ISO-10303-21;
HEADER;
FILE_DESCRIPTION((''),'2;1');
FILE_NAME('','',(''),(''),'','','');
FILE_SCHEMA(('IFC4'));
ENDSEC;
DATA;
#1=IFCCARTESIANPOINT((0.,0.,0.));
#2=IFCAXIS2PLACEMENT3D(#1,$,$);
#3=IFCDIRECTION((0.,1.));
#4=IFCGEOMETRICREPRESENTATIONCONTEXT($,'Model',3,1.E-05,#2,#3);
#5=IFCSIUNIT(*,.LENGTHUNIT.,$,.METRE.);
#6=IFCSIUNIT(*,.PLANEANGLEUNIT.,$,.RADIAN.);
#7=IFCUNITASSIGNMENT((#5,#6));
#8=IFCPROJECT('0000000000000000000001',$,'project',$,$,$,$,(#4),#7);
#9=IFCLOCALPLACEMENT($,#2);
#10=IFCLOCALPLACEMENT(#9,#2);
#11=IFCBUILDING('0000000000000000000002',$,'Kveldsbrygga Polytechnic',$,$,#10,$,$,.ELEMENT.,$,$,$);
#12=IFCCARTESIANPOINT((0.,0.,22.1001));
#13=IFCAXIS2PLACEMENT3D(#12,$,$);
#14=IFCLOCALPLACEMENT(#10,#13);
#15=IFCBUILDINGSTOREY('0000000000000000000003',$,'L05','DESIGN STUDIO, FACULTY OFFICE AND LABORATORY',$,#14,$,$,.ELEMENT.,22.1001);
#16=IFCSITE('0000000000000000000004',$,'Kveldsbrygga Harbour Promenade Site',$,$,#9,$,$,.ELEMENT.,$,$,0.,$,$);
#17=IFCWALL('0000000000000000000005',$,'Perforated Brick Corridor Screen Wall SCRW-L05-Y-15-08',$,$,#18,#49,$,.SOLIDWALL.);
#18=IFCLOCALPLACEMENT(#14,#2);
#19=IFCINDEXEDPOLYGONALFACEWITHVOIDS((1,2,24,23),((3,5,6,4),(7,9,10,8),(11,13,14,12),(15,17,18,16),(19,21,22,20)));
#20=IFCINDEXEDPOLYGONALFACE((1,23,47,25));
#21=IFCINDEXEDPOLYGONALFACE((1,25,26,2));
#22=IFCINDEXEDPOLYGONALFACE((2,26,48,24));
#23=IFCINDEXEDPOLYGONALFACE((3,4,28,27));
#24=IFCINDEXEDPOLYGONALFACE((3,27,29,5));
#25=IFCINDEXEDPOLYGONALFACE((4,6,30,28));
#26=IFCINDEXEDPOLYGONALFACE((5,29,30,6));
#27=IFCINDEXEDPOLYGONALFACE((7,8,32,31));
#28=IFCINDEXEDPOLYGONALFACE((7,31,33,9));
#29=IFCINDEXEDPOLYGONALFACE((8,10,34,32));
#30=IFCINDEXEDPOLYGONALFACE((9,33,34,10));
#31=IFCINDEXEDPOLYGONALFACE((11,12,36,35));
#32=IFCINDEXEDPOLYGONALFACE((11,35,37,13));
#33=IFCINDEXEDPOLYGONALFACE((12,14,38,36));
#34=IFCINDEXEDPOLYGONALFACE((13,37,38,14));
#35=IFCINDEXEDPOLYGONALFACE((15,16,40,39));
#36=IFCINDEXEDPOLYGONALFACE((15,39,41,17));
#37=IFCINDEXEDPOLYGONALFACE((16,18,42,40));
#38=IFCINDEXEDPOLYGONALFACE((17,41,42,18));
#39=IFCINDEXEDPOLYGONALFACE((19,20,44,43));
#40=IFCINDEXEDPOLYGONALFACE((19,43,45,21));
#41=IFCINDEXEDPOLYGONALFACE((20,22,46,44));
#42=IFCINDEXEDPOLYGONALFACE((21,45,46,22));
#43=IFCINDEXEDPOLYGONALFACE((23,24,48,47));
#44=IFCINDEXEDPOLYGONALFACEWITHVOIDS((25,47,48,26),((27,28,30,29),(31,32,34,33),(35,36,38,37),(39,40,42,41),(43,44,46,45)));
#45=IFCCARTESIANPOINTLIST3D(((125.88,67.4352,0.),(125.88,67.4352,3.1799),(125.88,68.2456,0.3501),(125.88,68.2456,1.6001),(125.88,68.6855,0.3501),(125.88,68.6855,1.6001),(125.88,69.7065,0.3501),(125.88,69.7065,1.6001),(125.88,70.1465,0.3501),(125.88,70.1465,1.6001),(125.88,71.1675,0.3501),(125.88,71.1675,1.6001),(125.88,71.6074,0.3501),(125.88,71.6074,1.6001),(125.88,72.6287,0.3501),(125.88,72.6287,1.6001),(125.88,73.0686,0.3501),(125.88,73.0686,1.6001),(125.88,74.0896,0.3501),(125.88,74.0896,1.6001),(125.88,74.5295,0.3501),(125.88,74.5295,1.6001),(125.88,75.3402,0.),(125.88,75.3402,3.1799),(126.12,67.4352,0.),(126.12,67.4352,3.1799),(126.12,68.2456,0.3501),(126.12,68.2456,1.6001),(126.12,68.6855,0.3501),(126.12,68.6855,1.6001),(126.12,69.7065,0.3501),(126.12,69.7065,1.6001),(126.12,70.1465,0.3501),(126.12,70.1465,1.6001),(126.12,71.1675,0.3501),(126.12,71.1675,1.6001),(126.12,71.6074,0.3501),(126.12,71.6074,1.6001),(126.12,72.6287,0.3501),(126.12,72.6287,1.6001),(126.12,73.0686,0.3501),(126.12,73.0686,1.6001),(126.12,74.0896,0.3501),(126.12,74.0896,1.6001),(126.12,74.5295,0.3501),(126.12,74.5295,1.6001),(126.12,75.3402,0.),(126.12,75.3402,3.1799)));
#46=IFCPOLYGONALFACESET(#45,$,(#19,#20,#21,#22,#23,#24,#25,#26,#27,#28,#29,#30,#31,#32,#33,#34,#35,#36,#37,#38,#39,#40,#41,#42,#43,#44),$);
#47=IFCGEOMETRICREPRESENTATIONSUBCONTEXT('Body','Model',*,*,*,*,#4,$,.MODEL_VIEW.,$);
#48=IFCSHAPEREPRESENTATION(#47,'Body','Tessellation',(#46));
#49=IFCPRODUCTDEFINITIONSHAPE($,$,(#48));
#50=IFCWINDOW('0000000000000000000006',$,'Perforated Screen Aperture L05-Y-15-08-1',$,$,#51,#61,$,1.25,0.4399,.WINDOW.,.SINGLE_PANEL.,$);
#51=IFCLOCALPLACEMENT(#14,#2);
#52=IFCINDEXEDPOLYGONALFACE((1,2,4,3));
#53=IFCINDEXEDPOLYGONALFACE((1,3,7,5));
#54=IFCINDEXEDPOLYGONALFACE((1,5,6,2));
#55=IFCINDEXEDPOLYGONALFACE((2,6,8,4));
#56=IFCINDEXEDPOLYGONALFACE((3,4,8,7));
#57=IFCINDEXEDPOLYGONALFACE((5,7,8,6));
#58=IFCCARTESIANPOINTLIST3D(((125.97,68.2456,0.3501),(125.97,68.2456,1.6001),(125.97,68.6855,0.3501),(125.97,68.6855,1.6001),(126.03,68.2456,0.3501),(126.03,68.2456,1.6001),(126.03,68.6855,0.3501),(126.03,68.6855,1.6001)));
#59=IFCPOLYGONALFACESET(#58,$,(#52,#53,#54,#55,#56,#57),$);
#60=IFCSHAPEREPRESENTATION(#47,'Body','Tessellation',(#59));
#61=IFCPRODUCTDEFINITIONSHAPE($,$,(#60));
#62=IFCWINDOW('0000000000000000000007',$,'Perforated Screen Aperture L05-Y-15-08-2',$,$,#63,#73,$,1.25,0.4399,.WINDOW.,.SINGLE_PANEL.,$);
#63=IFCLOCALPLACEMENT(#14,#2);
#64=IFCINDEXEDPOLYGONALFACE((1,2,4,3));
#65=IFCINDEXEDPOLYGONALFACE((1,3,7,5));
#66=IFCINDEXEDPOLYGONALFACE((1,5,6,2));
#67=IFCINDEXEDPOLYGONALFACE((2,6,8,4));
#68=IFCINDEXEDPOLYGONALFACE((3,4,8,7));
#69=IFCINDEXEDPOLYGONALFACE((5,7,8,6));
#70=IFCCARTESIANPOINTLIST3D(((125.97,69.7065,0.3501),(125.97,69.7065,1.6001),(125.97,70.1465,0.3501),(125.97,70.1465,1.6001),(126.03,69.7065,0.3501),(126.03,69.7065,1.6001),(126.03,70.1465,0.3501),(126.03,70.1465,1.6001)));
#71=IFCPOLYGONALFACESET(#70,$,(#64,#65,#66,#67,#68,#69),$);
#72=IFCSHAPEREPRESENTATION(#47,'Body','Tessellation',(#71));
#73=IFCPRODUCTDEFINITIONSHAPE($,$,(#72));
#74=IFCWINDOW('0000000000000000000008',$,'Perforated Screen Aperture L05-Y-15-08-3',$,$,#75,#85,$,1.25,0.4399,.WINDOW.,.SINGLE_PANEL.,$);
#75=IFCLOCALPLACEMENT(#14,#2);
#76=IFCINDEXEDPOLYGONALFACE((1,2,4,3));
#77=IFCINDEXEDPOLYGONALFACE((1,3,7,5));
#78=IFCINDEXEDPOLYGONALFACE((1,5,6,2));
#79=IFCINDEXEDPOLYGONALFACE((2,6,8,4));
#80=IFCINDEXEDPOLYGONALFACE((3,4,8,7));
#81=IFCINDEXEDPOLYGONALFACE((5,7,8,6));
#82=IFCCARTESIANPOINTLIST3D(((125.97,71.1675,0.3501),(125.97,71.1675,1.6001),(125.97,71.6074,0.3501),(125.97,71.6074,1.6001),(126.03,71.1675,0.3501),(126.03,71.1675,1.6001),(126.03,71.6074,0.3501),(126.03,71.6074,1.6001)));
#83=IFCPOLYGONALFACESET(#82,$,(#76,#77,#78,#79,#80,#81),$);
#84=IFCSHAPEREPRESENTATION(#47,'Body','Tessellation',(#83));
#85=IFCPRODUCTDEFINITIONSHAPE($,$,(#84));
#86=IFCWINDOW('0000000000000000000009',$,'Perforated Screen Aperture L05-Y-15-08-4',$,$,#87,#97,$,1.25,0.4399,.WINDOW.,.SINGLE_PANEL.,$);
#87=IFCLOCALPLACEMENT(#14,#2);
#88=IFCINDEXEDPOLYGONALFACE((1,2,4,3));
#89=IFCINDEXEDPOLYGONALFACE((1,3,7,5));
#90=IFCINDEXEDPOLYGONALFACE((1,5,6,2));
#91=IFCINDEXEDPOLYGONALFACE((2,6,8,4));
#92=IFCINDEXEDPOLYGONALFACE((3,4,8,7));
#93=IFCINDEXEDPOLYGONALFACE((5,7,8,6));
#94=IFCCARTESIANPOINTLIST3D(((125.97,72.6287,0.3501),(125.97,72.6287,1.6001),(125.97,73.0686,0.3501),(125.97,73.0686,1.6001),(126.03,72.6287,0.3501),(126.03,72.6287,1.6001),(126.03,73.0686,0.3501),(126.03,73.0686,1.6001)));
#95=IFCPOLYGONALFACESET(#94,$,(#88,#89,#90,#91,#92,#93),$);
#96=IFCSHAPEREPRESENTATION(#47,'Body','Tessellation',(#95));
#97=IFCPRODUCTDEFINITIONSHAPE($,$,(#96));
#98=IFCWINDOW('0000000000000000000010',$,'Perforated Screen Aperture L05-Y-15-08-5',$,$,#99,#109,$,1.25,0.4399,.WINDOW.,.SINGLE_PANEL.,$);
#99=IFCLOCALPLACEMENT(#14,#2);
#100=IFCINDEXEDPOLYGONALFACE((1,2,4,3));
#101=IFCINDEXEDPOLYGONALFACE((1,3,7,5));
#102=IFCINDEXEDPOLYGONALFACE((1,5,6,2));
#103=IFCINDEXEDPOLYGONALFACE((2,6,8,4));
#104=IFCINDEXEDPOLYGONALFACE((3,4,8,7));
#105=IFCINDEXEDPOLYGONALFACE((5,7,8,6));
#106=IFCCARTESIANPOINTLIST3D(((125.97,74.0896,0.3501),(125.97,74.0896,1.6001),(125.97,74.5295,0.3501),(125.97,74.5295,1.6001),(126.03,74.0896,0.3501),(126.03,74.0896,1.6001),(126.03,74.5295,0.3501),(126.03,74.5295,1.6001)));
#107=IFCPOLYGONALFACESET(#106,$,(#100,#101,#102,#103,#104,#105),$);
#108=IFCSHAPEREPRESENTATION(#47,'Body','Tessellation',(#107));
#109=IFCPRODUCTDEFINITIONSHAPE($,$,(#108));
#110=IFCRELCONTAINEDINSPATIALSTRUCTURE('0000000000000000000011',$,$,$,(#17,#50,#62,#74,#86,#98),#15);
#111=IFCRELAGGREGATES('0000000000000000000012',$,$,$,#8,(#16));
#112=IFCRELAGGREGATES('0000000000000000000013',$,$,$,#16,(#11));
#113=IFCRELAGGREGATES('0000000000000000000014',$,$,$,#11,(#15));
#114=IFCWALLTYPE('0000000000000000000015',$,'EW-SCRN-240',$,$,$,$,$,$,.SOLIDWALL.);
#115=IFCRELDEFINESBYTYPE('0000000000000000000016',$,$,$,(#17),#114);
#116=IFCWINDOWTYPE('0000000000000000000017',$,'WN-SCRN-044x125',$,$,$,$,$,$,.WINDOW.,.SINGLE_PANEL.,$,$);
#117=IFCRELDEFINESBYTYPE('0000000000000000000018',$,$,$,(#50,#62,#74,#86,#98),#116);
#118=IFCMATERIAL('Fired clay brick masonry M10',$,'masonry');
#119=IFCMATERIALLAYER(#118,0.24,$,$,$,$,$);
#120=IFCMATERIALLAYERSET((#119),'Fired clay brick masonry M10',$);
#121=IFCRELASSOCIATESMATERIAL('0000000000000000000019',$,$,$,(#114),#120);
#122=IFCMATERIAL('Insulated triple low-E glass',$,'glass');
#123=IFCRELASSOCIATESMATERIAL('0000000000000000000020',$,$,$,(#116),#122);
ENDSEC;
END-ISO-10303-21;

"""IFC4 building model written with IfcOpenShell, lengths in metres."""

from ifc_helpers import new_model, si_unit, direction, frame, frame_2d, origin, place, context, subcontext, project, spatial, rectangle, extrude, material, layer, layer_set, type_object, element, fill, save


model = new_model("IFC4")

# Units and contexts
model_context = context("Model", 3, precision=1e-05, world=origin(), true_north=direction((0.0, 1.0)))
body_context = subcontext(model_context, "Body", "Model", "MODEL_VIEW")
ifc_project = project(units=[si_unit("LENGTHUNIT", "METRE"), si_unit("PLANEANGLEUNIT", "RADIAN")], contexts=[model_context])

# Site, building, storey
site_placement = place(None, origin())
site = spatial("IfcSite", under=ifc_project, at=site_placement, Name="Kveldsbrygga Harbour Promenade Site", CompositionType="ELEMENT", RefElevation=0.0)
building_placement = place(site_placement, origin())
building = spatial("IfcBuilding", under=site, at=building_placement, Name="Kveldsbrygga Polytechnic", CompositionType="ELEMENT")
storey_placement = place(building_placement, frame((0.0, 0.0, 22.1001)))
storey = spatial("IfcBuildingStorey", under=building, at=storey_placement, Name="L05", Description="DESIGN STUDIO, FACULTY OFFICE AND LABORATORY", CompositionType="ELEMENT", Elevation=22.1001)

# Wall, openings, windows
ifc_material_1 = material(Name="Fired clay brick masonry M10", Category="masonry")
ifc_layer_1 = layer(ifc_material_1, 0.24)
ifc_layer_set_1 = layer_set([ifc_layer_1], Name="Fired clay brick masonry M10")
wall_type = type_object("IfcWallType", Name="EW-SCRN-240", PredefinedType="SOLIDWALL", material=ifc_layer_set_1)
wall_1_placement = place(storey_placement, frame((126.0, 67.4351, 0.0), z_axis=(0.0, 0.0, 1.0), x_axis=(0.0, 1.0, 0.0)))
wall_1 = element("IfcWall", 1, at=wall_1_placement, inside=storey, type_object=wall_type, Name="Perforated Brick Corridor Screen Wall SCRW-L05-Y-15-08", PredefinedType="SOLIDWALL", context=body_context, shape_type="SweptSolid", body=[
    extrude(rectangle(XDim=7.905, YDim=0.24, at=frame_2d((3.9526, 0.0))), origin(), (0.0, 0.0, 1.0), 3.1799),
])
opening_1_placement = place(wall_1_placement, frame((0.8105, 0.0, 0.3501)))
opening_1 = element("IfcOpeningElement", 2, at=opening_1_placement, cuts=wall_1, PredefinedType="OPENING", context=body_context, shape_type="SweptSolid", body=[
    extrude(rectangle(XDim=0.4399, YDim=1.25, at=frame_2d((0.22, 0.625))), frame((0.0, 0.1299, 0.0), z_axis=(0.0, -1.0, 0.0), x_axis=(1.0, 0.0, 0.0)), (0.0, 0.0, 1.0), 0.26),
])
opening_2_placement = place(wall_1_placement, frame((2.2715, 0.0, 0.3501)))
opening_2 = element("IfcOpeningElement", 3, at=opening_2_placement, cuts=wall_1, PredefinedType="OPENING", context=body_context, shape_type="SweptSolid", body=[
    extrude(rectangle(XDim=0.4399, YDim=1.25, at=frame_2d((0.22, 0.625))), frame((0.0, 0.1299, 0.0), z_axis=(0.0, -1.0, 0.0), x_axis=(1.0, 0.0, 0.0)), (0.0, 0.0, 1.0), 0.26),
])
opening_3_placement = place(wall_1_placement, frame((3.7324, 0.0, 0.3501)))
opening_3 = element("IfcOpeningElement", 4, at=opening_3_placement, cuts=wall_1, PredefinedType="OPENING", context=body_context, shape_type="SweptSolid", body=[
    extrude(rectangle(XDim=0.4399, YDim=1.25, at=frame_2d((0.22, 0.625))), frame((0.0, 0.1299, 0.0), z_axis=(0.0, -1.0, 0.0), x_axis=(1.0, 0.0, 0.0)), (0.0, 0.0, 1.0), 0.26),
])
opening_4_placement = place(wall_1_placement, frame((5.1936, 0.0, 0.3501)))
opening_4 = element("IfcOpeningElement", 5, at=opening_4_placement, cuts=wall_1, PredefinedType="OPENING", context=body_context, shape_type="SweptSolid", body=[
    extrude(rectangle(XDim=0.4399, YDim=1.25, at=frame_2d((0.22, 0.625))), frame((0.0, 0.1299, 0.0), z_axis=(0.0, -1.0, 0.0), x_axis=(1.0, 0.0, 0.0)), (0.0, 0.0, 1.0), 0.26),
])
opening_5_placement = place(wall_1_placement, frame((6.6545, 0.0, 0.3501)))
opening_5 = element("IfcOpeningElement", 6, at=opening_5_placement, cuts=wall_1, PredefinedType="OPENING", context=body_context, shape_type="SweptSolid", body=[
    extrude(rectangle(XDim=0.4399, YDim=1.25, at=frame_2d((0.22, 0.625))), frame((0.0, 0.1299, 0.0), z_axis=(0.0, -1.0, 0.0), x_axis=(1.0, 0.0, 0.0)), (0.0, 0.0, 1.0), 0.26),
])
ifc_material_2 = material(Name="Insulated triple low-E glass", Category="glass")
window_type = type_object("IfcWindowType", Name="WN-SCRN-044x125", PartitioningType="SINGLE_PANEL", PredefinedType="WINDOW", material=ifc_material_2)
window_1_placement = place(opening_1_placement, origin())
window_1 = element("IfcWindow", 7, at=window_1_placement, inside=storey, type_object=window_type, Name="Perforated Screen Aperture L05-Y-15-08-1", OverallHeight=1.25, OverallWidth=0.4399, PartitioningType="SINGLE_PANEL", PredefinedType="WINDOW", context=body_context, shape_type="SweptSolid", body=[
    extrude(rectangle(XDim=0.4399, YDim=1.25, at=frame_2d((0.22, 0.625))), frame((0.0, 0.03, 0.0), z_axis=(0.0, -1.0, 0.0), x_axis=(1.0, 0.0, 0.0)), (0.0, 0.0, 1.0), 0.0601),
])
fill(opening_1, window_1)
window_2_placement = place(opening_2_placement, origin())
window_2 = element("IfcWindow", 8, at=window_2_placement, inside=storey, type_object=window_type, Name="Perforated Screen Aperture L05-Y-15-08-2", OverallHeight=1.25, OverallWidth=0.4399, PartitioningType="SINGLE_PANEL", PredefinedType="WINDOW", context=body_context, shape_type="SweptSolid", body=[
    extrude(rectangle(XDim=0.4399, YDim=1.25, at=frame_2d((0.22, 0.625))), frame((0.0, 0.03, 0.0), z_axis=(0.0, -1.0, 0.0), x_axis=(1.0, 0.0, 0.0)), (0.0, 0.0, 1.0), 0.0601),
])
fill(opening_2, window_2)
window_3_placement = place(opening_3_placement, origin())
window_3 = element("IfcWindow", 9, at=window_3_placement, inside=storey, type_object=window_type, Name="Perforated Screen Aperture L05-Y-15-08-3", OverallHeight=1.25, OverallWidth=0.4399, PartitioningType="SINGLE_PANEL", PredefinedType="WINDOW", context=body_context, shape_type="SweptSolid", body=[
    extrude(rectangle(XDim=0.4399, YDim=1.25, at=frame_2d((0.22, 0.625))), frame((0.0, 0.03, 0.0), z_axis=(0.0, -1.0, 0.0), x_axis=(1.0, 0.0, 0.0)), (0.0, 0.0, 1.0), 0.0601),
])
fill(opening_3, window_3)
window_4_placement = place(opening_4_placement, origin())
window_4 = element("IfcWindow", 10, at=window_4_placement, inside=storey, type_object=window_type, Name="Perforated Screen Aperture L05-Y-15-08-4", OverallHeight=1.25, OverallWidth=0.4399, PartitioningType="SINGLE_PANEL", PredefinedType="WINDOW", context=body_context, shape_type="SweptSolid", body=[
    extrude(rectangle(XDim=0.4399, YDim=1.25, at=frame_2d((0.22, 0.625))), frame((0.0, 0.03, 0.0), z_axis=(0.0, -1.0, 0.0), x_axis=(1.0, 0.0, 0.0)), (0.0, 0.0, 1.0), 0.0601),
])
fill(opening_4, window_4)
window_5_placement = place(opening_5_placement, origin())
window_5 = element("IfcWindow", 11, at=window_5_placement, inside=storey, type_object=window_type, Name="Perforated Screen Aperture L05-Y-15-08-5", OverallHeight=1.25, OverallWidth=0.4399, PartitioningType="SINGLE_PANEL", PredefinedType="WINDOW", context=body_context, shape_type="SweptSolid", body=[
    extrude(rectangle(XDim=0.4399, YDim=1.25, at=frame_2d((0.22, 0.625))), frame((0.0, 0.03, 0.0), z_axis=(0.0, -1.0, 0.0), x_axis=(1.0, 0.0, 0.0)), (0.0, 0.0, 1.0), 0.0601),
])
fill(opening_5, window_5)

save(model, "model.ifc")
